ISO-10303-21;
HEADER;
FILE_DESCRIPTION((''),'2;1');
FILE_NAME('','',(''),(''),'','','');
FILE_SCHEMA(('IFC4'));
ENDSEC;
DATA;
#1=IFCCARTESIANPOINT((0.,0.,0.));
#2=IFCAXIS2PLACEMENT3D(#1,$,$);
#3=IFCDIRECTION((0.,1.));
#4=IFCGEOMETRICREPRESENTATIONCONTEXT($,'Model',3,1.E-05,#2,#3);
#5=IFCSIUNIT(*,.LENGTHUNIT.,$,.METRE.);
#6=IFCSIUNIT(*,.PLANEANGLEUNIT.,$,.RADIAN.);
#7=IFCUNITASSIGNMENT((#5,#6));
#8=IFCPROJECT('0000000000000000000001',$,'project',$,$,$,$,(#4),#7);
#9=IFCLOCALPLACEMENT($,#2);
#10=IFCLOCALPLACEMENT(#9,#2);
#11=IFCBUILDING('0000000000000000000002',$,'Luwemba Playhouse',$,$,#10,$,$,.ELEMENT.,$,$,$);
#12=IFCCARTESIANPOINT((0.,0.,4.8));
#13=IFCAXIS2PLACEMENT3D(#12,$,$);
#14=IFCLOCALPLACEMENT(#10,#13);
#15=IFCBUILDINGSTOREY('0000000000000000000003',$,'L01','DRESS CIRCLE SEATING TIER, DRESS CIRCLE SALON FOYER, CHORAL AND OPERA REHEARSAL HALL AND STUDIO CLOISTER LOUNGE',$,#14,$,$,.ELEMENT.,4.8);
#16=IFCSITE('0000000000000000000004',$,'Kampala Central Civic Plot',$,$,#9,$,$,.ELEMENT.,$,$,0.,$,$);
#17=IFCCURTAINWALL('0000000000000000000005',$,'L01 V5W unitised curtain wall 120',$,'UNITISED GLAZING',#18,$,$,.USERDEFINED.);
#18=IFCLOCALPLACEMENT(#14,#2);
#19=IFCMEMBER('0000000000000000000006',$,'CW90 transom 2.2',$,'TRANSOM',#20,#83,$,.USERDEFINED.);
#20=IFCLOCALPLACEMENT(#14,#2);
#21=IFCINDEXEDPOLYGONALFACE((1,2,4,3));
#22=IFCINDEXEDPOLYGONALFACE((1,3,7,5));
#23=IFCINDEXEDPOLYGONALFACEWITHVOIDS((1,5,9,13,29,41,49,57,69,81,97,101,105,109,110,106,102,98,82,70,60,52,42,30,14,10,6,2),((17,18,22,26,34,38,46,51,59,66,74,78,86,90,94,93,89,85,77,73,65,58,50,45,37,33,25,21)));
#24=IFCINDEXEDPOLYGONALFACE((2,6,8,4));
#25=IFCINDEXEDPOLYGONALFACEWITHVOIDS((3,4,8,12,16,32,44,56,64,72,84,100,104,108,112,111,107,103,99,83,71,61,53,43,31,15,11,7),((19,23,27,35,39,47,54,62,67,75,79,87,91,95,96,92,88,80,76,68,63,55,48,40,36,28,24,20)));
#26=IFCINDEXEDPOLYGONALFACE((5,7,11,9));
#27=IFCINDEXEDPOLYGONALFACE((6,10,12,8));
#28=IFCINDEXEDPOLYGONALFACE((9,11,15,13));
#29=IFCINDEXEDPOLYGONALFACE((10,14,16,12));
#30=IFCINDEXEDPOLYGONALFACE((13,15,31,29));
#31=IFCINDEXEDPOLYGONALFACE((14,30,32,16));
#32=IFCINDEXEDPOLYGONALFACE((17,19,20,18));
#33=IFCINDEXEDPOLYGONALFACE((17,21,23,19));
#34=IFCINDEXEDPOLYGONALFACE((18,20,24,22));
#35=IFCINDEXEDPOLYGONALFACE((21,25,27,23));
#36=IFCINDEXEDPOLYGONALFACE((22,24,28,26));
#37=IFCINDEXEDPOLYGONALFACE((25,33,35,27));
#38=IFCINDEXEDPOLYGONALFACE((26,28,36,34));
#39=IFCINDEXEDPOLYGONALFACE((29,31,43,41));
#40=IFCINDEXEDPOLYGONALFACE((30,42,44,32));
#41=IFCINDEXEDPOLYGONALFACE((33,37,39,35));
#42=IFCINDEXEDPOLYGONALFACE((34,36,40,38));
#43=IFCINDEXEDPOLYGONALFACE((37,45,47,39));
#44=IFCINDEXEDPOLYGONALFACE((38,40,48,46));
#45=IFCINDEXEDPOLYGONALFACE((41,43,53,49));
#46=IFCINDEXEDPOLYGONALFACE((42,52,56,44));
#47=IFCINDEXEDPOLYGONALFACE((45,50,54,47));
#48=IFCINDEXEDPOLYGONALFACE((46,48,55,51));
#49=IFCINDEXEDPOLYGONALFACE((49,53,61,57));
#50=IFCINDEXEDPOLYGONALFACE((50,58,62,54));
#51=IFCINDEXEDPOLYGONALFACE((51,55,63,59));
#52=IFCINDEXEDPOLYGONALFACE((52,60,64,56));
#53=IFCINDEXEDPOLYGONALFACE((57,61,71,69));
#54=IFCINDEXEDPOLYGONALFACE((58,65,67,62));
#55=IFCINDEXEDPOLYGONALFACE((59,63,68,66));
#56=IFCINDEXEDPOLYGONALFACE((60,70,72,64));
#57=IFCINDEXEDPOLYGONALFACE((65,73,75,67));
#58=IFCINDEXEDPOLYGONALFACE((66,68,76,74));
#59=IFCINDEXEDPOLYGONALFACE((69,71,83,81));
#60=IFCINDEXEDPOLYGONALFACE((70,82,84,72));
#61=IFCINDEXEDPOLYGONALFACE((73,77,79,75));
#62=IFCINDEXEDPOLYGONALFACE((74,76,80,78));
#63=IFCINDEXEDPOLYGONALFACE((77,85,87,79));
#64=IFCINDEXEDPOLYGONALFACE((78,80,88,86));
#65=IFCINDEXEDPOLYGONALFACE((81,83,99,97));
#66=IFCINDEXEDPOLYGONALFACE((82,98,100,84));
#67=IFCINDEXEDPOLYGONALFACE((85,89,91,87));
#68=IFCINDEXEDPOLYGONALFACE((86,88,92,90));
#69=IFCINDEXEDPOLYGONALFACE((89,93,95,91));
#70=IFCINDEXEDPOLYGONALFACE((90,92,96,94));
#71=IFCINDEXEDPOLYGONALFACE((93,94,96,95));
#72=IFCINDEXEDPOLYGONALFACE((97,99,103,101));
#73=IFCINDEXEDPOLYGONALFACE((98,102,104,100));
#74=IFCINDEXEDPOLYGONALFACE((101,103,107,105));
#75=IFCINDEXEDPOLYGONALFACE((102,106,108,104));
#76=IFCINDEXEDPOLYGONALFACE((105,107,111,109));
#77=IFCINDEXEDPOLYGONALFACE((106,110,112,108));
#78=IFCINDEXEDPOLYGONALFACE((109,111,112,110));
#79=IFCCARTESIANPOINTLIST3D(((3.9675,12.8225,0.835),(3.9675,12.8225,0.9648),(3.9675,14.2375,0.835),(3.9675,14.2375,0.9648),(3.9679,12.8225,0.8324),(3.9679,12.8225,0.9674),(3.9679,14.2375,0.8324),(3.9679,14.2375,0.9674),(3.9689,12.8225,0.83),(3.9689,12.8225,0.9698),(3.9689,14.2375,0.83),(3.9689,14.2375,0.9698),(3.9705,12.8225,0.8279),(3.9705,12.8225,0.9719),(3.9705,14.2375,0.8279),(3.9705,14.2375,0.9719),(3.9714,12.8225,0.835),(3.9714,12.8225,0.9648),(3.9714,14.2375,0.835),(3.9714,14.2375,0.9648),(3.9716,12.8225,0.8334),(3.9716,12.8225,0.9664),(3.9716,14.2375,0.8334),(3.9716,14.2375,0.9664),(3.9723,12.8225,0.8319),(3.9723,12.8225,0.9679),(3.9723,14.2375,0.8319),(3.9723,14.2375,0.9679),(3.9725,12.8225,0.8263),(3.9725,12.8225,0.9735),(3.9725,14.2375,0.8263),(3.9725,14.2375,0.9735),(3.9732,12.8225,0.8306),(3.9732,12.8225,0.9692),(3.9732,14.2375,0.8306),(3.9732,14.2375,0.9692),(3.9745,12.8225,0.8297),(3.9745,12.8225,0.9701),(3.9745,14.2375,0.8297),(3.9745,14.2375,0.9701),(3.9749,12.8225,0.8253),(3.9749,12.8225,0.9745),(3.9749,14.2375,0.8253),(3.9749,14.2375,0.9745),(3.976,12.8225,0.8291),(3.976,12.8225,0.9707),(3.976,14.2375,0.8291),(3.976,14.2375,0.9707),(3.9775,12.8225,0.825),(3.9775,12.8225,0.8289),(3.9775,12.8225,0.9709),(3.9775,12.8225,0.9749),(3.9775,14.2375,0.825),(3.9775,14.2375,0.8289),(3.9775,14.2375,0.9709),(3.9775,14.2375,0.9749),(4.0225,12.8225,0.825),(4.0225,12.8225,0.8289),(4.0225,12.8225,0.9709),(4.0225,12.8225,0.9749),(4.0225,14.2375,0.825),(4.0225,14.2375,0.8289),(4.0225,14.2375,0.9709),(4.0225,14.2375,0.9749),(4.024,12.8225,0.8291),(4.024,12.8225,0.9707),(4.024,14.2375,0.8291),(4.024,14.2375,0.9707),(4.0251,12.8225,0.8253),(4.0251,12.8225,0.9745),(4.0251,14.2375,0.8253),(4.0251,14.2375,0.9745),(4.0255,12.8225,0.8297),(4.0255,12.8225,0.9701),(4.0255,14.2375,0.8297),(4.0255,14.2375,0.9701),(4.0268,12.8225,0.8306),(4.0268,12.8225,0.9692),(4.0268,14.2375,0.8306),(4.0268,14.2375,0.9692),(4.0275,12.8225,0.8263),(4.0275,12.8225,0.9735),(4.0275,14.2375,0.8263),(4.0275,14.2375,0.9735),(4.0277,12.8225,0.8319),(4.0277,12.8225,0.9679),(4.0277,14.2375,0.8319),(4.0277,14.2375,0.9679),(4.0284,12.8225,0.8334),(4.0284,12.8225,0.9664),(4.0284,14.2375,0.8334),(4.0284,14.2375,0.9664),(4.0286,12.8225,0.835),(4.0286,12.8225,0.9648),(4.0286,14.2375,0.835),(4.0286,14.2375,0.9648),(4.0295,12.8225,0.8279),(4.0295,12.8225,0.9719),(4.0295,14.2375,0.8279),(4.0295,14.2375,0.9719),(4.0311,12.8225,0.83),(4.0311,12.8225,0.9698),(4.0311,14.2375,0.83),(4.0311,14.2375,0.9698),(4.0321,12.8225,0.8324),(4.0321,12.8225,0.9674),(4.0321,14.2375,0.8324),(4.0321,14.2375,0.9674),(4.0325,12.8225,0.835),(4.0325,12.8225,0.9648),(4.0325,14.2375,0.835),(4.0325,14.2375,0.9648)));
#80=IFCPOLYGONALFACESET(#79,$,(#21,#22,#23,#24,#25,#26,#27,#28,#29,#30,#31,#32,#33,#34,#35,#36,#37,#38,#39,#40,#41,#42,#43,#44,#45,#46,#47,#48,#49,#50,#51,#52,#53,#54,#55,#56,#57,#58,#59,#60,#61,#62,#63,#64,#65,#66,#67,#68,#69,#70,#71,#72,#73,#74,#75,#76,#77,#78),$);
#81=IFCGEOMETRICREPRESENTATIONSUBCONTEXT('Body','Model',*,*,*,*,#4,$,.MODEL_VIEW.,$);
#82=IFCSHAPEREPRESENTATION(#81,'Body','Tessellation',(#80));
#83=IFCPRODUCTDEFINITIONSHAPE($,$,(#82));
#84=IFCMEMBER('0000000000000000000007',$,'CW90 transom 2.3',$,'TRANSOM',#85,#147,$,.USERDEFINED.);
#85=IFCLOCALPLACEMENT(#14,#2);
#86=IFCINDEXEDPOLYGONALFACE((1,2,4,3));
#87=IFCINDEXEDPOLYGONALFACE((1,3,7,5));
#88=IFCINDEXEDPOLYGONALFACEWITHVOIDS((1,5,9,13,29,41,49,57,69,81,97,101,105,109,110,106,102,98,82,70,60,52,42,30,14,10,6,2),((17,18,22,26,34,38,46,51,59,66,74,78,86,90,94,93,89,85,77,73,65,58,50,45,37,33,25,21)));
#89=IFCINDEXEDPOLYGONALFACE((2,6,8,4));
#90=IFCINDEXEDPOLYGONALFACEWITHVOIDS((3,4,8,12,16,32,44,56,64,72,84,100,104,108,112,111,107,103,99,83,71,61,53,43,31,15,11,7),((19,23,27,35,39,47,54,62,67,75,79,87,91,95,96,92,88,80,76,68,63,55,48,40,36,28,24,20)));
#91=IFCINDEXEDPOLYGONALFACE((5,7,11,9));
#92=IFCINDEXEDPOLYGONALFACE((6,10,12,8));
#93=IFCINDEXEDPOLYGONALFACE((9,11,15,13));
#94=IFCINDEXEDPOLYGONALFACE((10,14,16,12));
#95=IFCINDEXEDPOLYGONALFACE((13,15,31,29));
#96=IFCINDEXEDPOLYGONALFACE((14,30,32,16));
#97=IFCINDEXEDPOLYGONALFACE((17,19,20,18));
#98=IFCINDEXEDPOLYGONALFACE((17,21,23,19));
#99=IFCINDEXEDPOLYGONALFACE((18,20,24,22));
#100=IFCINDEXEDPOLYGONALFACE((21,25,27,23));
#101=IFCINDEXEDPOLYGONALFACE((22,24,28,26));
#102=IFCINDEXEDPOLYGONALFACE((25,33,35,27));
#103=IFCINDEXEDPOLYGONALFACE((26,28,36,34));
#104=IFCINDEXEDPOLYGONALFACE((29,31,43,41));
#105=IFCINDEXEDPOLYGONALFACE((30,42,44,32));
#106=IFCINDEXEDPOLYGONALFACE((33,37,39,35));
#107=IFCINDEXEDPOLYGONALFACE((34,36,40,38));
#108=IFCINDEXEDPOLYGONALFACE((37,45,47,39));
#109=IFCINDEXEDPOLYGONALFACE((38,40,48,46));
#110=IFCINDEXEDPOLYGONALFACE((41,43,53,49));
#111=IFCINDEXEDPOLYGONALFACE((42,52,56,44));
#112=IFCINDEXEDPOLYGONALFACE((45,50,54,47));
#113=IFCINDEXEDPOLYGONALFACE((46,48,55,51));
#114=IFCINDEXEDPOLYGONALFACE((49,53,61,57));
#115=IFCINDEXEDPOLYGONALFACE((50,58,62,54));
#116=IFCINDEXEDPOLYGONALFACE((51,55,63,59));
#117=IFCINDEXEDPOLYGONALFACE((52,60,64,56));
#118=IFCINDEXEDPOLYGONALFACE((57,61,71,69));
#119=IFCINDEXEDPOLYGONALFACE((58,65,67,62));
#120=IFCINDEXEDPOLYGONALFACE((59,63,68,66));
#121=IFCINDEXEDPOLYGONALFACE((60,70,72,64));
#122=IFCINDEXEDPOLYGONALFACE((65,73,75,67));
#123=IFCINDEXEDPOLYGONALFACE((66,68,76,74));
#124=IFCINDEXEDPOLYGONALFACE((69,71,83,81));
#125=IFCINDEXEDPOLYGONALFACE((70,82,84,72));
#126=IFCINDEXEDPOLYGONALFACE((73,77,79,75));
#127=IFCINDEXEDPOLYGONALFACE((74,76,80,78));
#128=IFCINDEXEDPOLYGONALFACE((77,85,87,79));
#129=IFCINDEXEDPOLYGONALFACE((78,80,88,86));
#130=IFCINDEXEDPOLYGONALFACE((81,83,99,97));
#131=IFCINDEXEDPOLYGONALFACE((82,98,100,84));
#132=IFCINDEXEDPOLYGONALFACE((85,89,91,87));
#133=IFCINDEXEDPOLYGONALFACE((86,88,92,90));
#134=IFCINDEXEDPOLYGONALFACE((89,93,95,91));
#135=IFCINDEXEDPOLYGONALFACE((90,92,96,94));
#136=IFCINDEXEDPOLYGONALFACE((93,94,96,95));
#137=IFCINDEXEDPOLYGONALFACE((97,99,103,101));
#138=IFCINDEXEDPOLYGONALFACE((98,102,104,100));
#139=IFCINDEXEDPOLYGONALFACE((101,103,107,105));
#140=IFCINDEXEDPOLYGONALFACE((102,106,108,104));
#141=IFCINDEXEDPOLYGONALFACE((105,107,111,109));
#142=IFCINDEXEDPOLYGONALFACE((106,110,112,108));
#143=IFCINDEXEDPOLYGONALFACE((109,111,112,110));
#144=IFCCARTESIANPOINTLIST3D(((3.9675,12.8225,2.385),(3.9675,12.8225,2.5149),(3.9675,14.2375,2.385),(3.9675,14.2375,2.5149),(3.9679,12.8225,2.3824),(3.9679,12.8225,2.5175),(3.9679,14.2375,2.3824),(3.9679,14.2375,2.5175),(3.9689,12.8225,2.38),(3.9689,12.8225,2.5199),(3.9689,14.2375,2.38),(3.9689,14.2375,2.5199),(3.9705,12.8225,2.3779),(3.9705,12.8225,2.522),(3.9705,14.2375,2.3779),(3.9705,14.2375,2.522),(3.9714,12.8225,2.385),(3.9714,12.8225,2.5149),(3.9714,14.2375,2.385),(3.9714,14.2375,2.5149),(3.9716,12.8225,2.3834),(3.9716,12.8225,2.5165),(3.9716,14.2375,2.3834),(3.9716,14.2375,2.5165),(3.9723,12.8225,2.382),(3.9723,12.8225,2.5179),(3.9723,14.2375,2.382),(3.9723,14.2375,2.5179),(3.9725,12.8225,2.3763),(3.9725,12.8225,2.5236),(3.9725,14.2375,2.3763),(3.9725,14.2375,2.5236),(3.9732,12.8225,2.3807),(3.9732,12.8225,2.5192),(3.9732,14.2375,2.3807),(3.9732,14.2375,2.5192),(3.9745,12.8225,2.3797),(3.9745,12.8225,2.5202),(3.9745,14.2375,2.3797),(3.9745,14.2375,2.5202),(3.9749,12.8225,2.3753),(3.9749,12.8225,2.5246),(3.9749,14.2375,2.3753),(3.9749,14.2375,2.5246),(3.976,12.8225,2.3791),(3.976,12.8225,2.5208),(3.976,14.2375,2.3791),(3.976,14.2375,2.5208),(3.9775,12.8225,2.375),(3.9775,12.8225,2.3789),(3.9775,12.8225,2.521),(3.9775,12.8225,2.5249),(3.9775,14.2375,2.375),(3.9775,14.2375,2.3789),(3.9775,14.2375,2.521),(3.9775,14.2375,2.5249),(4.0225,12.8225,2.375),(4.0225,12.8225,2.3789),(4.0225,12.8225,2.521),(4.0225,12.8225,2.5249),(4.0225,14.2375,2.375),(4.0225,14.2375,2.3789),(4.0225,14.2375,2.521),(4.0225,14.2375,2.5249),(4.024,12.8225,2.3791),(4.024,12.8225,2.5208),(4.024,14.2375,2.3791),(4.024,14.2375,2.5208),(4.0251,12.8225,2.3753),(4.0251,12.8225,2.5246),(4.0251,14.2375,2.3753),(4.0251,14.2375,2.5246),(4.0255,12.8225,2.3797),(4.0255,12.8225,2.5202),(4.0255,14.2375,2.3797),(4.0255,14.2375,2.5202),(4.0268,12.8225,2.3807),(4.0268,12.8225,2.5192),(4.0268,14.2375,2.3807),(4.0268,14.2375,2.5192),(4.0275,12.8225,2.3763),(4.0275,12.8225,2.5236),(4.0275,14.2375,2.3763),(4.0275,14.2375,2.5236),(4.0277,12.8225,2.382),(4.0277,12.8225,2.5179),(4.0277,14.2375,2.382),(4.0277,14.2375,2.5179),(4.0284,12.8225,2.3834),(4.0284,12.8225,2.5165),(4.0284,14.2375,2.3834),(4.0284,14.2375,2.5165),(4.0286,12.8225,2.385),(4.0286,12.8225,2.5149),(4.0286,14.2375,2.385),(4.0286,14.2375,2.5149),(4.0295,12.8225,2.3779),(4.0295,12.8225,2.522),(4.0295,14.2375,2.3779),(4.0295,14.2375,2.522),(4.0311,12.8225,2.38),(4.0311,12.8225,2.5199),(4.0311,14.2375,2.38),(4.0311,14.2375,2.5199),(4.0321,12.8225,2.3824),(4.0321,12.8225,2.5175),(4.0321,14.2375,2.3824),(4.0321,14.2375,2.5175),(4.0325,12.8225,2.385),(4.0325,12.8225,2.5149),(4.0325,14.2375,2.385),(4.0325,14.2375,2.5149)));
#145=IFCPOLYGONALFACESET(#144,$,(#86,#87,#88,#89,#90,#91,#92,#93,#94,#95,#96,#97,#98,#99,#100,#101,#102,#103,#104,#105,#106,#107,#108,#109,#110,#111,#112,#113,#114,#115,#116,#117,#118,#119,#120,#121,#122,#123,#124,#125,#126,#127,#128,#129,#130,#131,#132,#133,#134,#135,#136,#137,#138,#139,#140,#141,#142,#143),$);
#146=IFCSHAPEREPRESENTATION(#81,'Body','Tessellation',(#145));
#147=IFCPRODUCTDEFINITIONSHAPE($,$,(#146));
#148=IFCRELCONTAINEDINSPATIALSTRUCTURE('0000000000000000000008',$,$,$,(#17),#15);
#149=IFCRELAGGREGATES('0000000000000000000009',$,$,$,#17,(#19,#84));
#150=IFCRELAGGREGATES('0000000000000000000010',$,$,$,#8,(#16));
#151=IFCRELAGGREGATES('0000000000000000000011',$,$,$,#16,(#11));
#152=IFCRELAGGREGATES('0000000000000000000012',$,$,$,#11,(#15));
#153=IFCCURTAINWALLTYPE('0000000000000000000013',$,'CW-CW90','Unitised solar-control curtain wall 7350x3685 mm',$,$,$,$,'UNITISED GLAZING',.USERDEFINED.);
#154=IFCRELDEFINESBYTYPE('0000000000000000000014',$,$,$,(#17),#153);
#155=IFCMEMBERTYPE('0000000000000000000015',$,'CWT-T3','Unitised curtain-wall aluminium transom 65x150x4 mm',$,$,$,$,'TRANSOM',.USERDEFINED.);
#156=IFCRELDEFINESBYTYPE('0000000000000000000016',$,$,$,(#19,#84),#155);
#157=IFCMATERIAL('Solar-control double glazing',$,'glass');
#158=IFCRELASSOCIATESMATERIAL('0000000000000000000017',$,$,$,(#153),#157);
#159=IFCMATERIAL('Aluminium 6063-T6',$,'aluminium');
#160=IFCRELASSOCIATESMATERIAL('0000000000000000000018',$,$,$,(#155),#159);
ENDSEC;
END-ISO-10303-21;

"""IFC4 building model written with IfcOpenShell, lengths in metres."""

from ifc_helpers import new_model, si_unit, direction, frame, origin, origin_2d, place, context, subcontext, project, spatial, hollow_rectangle, extrude, material, material_profile, profile_set, type_object, element, aggregate, save


model = new_model("IFC4")

# Units and contexts
model_context = context("Model", 3, precision=1e-05, world=origin(), true_north=direction((0.0, 1.0)))
body_context = subcontext(model_context, "Body", "Model", "MODEL_VIEW")
ifc_project = project(units=[si_unit("LENGTHUNIT", "METRE"), si_unit("PLANEANGLEUNIT", "RADIAN")], contexts=[model_context])

# Site, building, storey
site_placement = place(None, origin())
site = spatial("IfcSite", under=ifc_project, at=site_placement, Name="Kampala Central Civic Plot", CompositionType="ELEMENT", RefElevation=0.0)
building_placement = place(site_placement, origin())
building = spatial("IfcBuilding", under=site, at=building_placement, Name="Luwemba Playhouse", CompositionType="ELEMENT")
storey_placement = place(building_placement, frame((0.0, 0.0, 4.8)))
storey = spatial("IfcBuildingStorey", under=building, at=storey_placement, Name="L01", Description="DRESS CIRCLE SEATING TIER, DRESS CIRCLE SALON FOYER, CHORAL AND OPERA REHEARSAL HALL AND STUDIO CLOISTER LOUNGE", CompositionType="ELEMENT", Elevation=4.8)

# Curtain wall, members
ifc_material_1 = material(Name="Solar-control double glazing", Category="glass")
curtain_wall_type = type_object("IfcCurtainWallType", Name="CW-CW90", Description="Unitised solar-control curtain wall 7350x3685 mm", ElementType="UNITISED GLAZING", PredefinedType="USERDEFINED", material=ifc_material_1)
curtain_wall_placement = place(storey_placement, origin())
curtain_wall = element("IfcCurtainWall", 1, at=curtain_wall_placement, inside=storey, type_object=curtain_wall_type, Name="L01 V5W unitised curtain wall 120", ObjectType="UNITISED GLAZING", PredefinedType="USERDEFINED")
ifc_material_2 = material(Name="Aluminium 6063-T6", Category="aluminium")
ifc_material_profile_1 = material_profile(ifc_material_2, hollow_rectangle(XDim=0.0649, YDim=0.1499, WallThickness=0.0039, InnerFilletRadius=0.0061, OuterFilletRadius=0.01, at=origin_2d()))
ifc_profile_set_1 = profile_set([ifc_material_profile_1], Name="Aluminium 6063-T6")
member_type_1 = type_object("IfcMemberType", Name="CWT-T3", Description="Unitised curtain-wall aluminium transom 65x150x4 mm", ElementType="TRANSOM", PredefinedType="USERDEFINED", material=ifc_profile_set_1)
member_1_placement = place(storey_placement, frame((4.0, 12.8225, 0.8999), z_axis=(0.0, 1.0, 0.0), x_axis=(-1.0, 0.0, 0.0)))
member_1 = element("IfcMember", 2, at=member_1_placement, type_object=member_type_1, Name="CW90 transom 2.2", ObjectType="TRANSOM", PredefinedType="USERDEFINED", context=body_context, shape_type="SweptSolid", body=[
    extrude(hollow_rectangle(XDim=0.0649, YDim=0.1499, WallThickness=0.0039, InnerFilletRadius=0.0061, OuterFilletRadius=0.01, at=origin_2d()), origin(), (0.0, 0.0, 1.0), 1.415),
])
member_2_placement = place(storey_placement, frame((4.0, 12.8225, 2.45), z_axis=(0.0, 1.0, 0.0), x_axis=(-1.0, 0.0, 0.0)))
member_2 = element("IfcMember", 3, at=member_2_placement, type_object=member_type_1, Name="CW90 transom 2.3", ObjectType="TRANSOM", PredefinedType="USERDEFINED", context=body_context, shape_type="SweptSolid", body=[
    extrude(hollow_rectangle(XDim=0.0649, YDim=0.1499, WallThickness=0.0039, InnerFilletRadius=0.0061, OuterFilletRadius=0.01, at=origin_2d()), origin(), (0.0, 0.0, 1.0), 1.415),
])
aggregate(curtain_wall, [member_1, member_2])

save(model, "model.ifc")
